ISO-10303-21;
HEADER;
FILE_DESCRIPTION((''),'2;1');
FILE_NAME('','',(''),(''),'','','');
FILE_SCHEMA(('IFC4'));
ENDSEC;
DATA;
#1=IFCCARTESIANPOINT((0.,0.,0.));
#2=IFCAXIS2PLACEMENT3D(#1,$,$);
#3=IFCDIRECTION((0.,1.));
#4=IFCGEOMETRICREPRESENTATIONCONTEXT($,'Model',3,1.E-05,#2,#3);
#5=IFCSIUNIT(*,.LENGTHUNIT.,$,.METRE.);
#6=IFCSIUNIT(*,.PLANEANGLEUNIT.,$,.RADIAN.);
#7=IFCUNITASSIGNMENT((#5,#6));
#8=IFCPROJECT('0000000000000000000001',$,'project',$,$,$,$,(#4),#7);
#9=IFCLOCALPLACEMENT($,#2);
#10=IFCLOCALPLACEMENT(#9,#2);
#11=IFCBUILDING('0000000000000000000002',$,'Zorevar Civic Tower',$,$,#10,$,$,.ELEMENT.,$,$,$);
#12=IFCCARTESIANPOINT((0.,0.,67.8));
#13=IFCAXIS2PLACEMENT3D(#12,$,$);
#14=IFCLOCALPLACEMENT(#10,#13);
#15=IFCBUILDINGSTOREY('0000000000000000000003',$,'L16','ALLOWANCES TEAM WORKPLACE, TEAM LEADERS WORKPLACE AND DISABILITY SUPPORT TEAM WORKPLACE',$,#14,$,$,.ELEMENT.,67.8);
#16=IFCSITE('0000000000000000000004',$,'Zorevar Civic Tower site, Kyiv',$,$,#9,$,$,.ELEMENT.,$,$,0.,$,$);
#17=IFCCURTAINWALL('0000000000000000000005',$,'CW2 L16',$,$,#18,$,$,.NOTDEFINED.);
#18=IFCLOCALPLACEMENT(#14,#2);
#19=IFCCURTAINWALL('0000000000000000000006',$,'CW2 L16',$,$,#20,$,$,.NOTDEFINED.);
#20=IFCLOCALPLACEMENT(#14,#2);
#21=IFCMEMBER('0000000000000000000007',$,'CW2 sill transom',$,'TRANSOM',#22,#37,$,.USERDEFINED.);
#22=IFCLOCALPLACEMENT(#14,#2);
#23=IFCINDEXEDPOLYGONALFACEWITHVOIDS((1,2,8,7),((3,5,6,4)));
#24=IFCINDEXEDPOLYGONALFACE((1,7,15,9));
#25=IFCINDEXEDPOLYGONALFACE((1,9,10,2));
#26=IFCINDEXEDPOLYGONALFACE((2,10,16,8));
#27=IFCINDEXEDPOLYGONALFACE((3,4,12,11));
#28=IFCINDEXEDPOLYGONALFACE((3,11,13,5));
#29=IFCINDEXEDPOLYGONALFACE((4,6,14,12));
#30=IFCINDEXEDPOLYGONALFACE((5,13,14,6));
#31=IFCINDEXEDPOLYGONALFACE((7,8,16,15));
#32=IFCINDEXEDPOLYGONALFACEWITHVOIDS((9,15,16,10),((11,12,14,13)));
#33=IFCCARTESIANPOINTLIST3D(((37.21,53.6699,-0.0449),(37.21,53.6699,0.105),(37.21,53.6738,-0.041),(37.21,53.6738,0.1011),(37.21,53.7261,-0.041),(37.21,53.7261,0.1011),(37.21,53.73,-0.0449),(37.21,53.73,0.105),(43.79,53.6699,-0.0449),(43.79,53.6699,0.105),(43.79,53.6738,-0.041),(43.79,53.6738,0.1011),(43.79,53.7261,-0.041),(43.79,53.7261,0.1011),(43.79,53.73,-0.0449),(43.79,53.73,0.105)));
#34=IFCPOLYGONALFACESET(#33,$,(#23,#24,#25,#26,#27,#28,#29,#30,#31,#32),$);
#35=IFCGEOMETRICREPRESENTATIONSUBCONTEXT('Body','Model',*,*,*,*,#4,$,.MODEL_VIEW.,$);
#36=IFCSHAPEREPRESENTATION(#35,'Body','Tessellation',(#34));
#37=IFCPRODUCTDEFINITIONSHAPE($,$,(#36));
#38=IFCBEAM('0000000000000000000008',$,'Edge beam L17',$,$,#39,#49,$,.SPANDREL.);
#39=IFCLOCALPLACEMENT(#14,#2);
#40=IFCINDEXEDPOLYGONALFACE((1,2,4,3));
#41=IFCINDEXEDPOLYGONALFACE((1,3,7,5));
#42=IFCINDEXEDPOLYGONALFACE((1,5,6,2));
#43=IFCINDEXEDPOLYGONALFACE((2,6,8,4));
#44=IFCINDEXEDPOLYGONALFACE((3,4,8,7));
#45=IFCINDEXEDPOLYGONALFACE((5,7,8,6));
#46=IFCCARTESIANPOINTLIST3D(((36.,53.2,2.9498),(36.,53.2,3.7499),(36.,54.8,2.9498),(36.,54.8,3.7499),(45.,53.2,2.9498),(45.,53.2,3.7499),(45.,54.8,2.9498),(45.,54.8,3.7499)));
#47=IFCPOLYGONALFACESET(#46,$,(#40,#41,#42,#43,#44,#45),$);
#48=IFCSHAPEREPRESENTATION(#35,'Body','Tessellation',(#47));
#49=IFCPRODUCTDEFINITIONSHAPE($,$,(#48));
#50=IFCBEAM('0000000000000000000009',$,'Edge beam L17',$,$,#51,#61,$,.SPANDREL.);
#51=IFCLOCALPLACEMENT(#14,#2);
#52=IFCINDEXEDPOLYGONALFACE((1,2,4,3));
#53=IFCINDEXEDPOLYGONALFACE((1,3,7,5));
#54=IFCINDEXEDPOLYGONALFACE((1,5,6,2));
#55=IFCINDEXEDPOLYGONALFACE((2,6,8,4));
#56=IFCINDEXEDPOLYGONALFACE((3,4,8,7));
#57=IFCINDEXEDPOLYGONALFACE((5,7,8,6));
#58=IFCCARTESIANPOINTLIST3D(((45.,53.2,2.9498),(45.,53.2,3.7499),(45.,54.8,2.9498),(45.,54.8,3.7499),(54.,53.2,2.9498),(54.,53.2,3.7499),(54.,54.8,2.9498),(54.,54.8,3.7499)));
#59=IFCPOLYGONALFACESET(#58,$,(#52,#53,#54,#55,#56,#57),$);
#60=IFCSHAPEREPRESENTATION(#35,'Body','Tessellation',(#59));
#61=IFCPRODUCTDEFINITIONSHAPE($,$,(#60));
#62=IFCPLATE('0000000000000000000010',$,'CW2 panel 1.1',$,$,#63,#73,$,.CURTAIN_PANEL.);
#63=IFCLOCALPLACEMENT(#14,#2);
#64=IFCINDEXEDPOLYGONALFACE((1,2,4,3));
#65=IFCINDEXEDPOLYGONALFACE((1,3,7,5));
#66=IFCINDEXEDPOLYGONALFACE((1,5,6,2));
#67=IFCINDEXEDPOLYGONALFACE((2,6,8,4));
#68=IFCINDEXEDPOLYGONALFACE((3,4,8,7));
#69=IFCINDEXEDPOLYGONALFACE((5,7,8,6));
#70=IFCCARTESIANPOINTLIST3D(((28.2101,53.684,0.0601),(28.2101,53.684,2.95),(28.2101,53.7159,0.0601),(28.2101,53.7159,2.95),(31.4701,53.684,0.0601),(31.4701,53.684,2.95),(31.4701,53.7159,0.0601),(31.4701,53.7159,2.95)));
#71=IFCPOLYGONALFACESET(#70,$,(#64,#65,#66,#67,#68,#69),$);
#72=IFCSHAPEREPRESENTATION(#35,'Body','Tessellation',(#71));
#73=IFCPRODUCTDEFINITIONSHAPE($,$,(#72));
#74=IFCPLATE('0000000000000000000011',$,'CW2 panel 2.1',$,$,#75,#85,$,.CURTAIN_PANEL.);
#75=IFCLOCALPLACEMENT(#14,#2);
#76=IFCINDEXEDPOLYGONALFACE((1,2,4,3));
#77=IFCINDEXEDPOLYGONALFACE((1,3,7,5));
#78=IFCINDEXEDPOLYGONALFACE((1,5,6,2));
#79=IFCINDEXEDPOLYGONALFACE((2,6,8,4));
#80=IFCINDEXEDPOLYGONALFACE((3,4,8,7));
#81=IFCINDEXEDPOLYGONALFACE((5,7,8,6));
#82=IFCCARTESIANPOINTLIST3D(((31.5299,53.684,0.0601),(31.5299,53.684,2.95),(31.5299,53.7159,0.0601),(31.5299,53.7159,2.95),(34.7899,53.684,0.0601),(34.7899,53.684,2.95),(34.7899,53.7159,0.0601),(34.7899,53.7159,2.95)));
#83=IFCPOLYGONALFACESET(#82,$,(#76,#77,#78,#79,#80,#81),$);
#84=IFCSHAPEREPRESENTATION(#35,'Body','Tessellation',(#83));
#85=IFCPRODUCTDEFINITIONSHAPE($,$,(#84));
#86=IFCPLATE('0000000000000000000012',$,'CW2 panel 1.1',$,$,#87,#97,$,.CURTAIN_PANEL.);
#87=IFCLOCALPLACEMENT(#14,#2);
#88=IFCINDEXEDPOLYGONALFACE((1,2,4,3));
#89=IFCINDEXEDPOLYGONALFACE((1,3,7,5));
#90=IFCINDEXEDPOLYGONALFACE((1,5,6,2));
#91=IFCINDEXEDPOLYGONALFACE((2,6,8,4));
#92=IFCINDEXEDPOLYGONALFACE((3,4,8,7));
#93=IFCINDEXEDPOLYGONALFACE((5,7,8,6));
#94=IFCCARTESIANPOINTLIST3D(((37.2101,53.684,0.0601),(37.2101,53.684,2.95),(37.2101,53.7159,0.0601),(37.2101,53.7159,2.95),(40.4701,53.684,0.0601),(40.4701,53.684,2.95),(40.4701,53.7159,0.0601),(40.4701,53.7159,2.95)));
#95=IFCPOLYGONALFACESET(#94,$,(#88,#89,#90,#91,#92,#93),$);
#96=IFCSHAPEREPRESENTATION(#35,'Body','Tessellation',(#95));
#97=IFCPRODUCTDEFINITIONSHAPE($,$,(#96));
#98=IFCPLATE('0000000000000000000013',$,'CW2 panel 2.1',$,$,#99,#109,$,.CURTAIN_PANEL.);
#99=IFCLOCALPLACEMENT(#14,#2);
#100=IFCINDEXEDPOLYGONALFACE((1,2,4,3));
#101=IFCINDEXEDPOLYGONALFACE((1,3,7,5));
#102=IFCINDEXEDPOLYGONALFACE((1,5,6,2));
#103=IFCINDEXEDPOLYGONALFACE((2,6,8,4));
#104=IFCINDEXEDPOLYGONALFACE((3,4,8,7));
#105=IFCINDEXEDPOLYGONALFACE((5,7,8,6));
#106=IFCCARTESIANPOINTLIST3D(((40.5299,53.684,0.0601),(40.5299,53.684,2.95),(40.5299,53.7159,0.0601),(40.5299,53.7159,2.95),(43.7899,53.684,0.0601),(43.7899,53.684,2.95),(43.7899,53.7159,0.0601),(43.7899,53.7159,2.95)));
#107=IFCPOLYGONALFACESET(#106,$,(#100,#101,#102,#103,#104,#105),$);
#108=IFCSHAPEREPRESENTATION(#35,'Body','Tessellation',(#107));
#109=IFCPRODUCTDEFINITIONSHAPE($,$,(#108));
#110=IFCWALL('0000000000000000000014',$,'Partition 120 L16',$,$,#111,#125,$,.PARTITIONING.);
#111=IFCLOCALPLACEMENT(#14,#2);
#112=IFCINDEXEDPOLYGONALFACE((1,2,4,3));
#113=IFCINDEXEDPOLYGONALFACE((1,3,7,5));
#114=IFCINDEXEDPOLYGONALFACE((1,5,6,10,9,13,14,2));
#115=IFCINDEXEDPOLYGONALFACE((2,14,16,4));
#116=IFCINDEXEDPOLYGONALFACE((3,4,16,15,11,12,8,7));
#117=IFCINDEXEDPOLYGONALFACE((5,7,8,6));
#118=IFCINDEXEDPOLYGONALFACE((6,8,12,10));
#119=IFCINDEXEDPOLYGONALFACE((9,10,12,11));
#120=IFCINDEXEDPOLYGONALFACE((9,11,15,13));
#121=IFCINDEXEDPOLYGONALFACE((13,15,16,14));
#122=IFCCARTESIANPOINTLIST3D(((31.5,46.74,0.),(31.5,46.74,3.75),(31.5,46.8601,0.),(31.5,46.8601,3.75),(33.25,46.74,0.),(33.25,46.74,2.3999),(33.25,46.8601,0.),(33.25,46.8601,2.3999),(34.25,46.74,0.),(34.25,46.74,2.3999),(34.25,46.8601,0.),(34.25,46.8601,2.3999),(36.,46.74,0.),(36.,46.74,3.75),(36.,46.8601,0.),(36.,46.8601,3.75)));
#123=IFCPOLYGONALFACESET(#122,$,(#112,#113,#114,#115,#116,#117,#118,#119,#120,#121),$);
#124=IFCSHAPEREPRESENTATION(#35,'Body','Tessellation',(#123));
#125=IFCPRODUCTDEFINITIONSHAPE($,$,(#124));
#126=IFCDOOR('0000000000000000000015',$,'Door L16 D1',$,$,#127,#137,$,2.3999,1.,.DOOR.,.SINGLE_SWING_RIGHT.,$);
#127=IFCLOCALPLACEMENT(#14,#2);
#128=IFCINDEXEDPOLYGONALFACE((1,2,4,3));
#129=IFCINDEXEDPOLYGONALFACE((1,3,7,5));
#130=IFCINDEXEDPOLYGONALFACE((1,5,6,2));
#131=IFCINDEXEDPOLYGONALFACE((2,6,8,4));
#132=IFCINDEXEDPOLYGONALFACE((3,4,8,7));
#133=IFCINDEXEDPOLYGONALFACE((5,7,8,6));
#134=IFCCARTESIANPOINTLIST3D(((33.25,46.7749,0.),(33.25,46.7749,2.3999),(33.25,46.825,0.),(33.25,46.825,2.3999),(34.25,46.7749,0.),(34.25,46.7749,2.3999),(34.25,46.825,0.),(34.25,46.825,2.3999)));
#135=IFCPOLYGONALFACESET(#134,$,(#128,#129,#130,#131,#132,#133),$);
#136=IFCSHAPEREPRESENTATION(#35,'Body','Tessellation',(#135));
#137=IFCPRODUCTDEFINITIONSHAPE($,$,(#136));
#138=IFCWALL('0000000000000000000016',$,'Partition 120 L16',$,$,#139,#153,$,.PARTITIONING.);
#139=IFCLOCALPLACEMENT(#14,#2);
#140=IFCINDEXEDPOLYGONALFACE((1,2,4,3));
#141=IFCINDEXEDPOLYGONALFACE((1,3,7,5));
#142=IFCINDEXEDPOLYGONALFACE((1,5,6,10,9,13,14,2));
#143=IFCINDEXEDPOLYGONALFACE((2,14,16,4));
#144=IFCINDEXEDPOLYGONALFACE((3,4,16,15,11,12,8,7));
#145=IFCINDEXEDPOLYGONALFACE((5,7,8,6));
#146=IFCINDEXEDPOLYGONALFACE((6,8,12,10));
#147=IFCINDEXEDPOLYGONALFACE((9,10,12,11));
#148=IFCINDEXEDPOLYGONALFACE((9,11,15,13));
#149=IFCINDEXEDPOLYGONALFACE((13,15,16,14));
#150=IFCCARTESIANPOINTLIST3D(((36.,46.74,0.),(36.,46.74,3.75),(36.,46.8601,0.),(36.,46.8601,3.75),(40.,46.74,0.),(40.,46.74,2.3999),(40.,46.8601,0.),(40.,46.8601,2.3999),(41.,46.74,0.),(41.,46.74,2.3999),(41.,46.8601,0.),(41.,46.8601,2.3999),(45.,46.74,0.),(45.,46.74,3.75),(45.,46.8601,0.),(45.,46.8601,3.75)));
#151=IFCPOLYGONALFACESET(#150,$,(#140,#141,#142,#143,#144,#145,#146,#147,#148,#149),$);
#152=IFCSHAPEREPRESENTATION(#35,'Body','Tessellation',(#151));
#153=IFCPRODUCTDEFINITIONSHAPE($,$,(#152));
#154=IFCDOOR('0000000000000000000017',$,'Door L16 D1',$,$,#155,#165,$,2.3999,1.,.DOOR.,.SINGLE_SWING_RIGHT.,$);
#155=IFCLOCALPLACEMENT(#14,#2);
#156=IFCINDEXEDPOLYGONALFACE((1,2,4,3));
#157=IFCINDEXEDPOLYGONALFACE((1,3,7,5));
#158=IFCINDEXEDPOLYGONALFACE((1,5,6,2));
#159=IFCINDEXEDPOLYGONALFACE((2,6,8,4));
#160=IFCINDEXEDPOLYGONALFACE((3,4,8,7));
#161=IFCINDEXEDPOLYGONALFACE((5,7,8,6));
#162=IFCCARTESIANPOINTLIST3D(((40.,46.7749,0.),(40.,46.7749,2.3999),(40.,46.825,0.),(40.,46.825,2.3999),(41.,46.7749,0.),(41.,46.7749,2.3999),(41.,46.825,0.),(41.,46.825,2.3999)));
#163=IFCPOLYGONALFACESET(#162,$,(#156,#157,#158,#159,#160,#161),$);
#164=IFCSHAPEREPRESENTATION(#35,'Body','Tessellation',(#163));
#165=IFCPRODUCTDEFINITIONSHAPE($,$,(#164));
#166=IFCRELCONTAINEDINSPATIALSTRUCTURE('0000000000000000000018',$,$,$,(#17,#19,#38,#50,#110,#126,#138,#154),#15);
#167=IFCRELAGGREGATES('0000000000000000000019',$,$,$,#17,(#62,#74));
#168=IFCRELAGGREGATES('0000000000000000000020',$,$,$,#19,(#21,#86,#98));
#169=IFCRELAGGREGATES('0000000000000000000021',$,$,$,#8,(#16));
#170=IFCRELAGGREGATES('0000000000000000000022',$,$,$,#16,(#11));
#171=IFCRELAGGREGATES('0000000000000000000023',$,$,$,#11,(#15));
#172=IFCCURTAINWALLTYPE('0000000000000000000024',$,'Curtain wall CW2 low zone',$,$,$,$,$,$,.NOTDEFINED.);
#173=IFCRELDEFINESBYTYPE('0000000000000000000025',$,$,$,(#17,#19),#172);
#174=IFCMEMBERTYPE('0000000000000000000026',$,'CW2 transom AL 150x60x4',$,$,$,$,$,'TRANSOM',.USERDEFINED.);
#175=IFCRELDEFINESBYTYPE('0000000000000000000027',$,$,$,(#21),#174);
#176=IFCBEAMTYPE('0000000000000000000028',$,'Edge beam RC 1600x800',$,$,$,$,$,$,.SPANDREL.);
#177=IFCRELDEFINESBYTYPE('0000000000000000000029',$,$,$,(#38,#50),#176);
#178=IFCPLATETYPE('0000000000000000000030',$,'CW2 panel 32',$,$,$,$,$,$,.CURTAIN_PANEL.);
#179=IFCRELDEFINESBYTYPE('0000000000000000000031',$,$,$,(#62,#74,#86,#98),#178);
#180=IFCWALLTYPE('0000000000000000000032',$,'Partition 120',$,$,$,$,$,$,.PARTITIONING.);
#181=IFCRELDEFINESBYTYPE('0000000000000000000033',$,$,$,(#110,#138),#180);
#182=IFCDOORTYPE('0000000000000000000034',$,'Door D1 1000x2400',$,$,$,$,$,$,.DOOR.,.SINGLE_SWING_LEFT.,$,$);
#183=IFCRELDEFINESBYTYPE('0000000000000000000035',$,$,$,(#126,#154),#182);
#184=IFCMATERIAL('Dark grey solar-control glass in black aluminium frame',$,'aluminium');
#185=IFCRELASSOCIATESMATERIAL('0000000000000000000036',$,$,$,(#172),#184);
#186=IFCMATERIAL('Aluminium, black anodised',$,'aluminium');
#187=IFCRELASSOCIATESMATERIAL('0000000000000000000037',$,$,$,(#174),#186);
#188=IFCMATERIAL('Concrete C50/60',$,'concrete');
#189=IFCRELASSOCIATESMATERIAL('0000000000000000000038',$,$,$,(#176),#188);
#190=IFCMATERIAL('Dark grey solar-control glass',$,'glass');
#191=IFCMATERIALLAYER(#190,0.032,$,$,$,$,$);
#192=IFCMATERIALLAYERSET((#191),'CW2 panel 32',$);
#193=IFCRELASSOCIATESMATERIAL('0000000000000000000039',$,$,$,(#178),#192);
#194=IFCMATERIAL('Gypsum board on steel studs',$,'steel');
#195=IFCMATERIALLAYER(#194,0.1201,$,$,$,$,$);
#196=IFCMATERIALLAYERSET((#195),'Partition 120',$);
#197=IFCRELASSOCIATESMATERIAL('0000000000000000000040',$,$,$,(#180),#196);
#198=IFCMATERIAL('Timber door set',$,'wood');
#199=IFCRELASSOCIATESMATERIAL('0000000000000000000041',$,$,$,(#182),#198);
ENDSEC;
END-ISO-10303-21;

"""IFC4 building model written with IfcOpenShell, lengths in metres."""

from ifc_helpers import new_model, si_unit, direction, frame, frame_2d, origin, origin_2d, place, context, subcontext, project, spatial, rectangle, hollow_rectangle, extrude, material, layer, layer_set, material_profile, profile_set, type_object, element, fill, aggregate, save


model = new_model("IFC4")

# Units and contexts
model_context = context("Model", 3, precision=1e-05, world=origin(), true_north=direction((0.0, 1.0)))
body_context = subcontext(model_context, "Body", "Model", "MODEL_VIEW")
ifc_project = project(units=[si_unit("LENGTHUNIT", "METRE"), si_unit("PLANEANGLEUNIT", "RADIAN")], contexts=[model_context])

# Site, building, storey
site_placement = place(None, origin())
site = spatial("IfcSite", under=ifc_project, at=site_placement, Name="Zorevar Civic Tower site, Kyiv", CompositionType="ELEMENT", RefElevation=0.0)
building_placement = place(site_placement, origin())
building = spatial("IfcBuilding", under=site, at=building_placement, Name="Zorevar Civic Tower", CompositionType="ELEMENT")
storey_placement = place(building_placement, frame((0.0, 0.0, 67.8)))
storey = spatial("IfcBuildingStorey", under=building, at=storey_placement, Name="L16", Description="ALLOWANCES TEAM WORKPLACE, TEAM LEADERS WORKPLACE AND DISABILITY SUPPORT TEAM WORKPLACE", CompositionType="ELEMENT", Elevation=67.8)

# Curtain walls
ifc_material_1 = material(Name="Dark grey solar-control glass in black aluminium frame", Category="aluminium")
curtain_wall_type = type_object("IfcCurtainWallType", Name="Curtain wall CW2 low zone", PredefinedType="NOTDEFINED", material=ifc_material_1)
curtain_wall_1_placement = place(storey_placement, origin())
curtain_wall_1 = element("IfcCurtainWall", 1, at=curtain_wall_1_placement, inside=storey, type_object=curtain_wall_type, Name="CW2 L16", PredefinedType="NOTDEFINED")
curtain_wall_2_placement = place(storey_placement, origin())
curtain_wall_2 = element("IfcCurtainWall", 2, at=curtain_wall_2_placement, inside=storey, type_object=curtain_wall_type, Name="CW2 L16", PredefinedType="NOTDEFINED")

# Member
ifc_material_2 = material(Name="Aluminium, black anodised", Category="aluminium")
ifc_material_profile_1 = material_profile(ifc_material_2, hollow_rectangle(XDim=0.0601, YDim=0.1499, WallThickness=0.0039, at=origin_2d()), Name="AL 150x60x4")
ifc_profile_set_1 = profile_set([ifc_material_profile_1], Name="Aluminium, black anodised")
member_type_1 = type_object("IfcMemberType", Name="CW2 transom AL 150x60x4", ElementType="TRANSOM", PredefinedType="USERDEFINED", material=ifc_profile_set_1)
member_1_placement = place(storey_placement, frame((37.21, 53.7, 0.03), z_axis=(1.0, 0.0, 0.0), x_axis=(0.0, 1.0, 0.0)))
member_1 = element("IfcMember", 3, at=member_1_placement, type_object=member_type_1, Name="CW2 sill transom", ObjectType="TRANSOM", PredefinedType="USERDEFINED", context=body_context, shape_type="SweptSolid", body=[
    extrude(hollow_rectangle(XDim=0.0601, YDim=0.1499, WallThickness=0.0039, at=origin_2d()), origin(), (0.0, 0.0, 1.0), 6.5801),
])

# Beams
ifc_material_3 = material(Name="Concrete C50/60", Category="concrete")
ifc_material_profile_2 = material_profile(ifc_material_3, rectangle(XDim=1.6001, YDim=0.8, at=origin_2d()), Name="RC 1600x800")
ifc_profile_set_2 = profile_set([ifc_material_profile_2], Name="Concrete C50/60")
beam_type_1 = type_object("IfcBeamType", Name="Edge beam RC 1600x800", PredefinedType="SPANDREL", material=ifc_profile_set_2)
for number, where, z_axis, x_axis, name in (
    (4, (36.0, 54.0, 3.3499), (1.0, 0.0, 0.0), (0.0, 1.0, 0.0), "Edge beam L17"),
    (5, (45.0, 54.0, 3.3499), (1.0, 0.0, 0.0), (0.0, 1.0, 0.0), "Edge beam L17"),
):
    element("IfcBeam", number, at=place(storey_placement, frame(where, z_axis=z_axis, x_axis=x_axis)), inside=storey, type_object=beam_type_1, Name=name, PredefinedType="SPANDREL", context=body_context, shape_type="SweptSolid", body=[
        extrude(rectangle(XDim=1.6001, YDim=0.8, at=origin_2d()), origin(), (0.0, 0.0, 1.0), 9.0),
    ])

# Plates
ifc_material_4 = material(Name="Dark grey solar-control glass", Category="glass")
ifc_layer_1 = layer(ifc_material_4, 0.032)
ifc_layer_set_1 = layer_set([ifc_layer_1], Name="CW2 panel 32")
plate_type = type_object("IfcPlateType", Name="CW2 panel 32", PredefinedType="CURTAIN_PANEL", material=ifc_layer_set_1)
plate_1_placement = place(storey_placement, frame((29.8401, 53.7, 0.0601), z_axis=(0.0, 0.0, 1.0), x_axis=(1.0, 0.0, 0.0)))
plate_1 = element("IfcPlate", 6, at=plate_1_placement, type_object=plate_type, Name="CW2 panel 1.1", PredefinedType="CURTAIN_PANEL", context=body_context, shape_type="SweptSolid", body=[
    extrude(rectangle(XDim=3.26, YDim=0.032, at=origin_2d()), origin(), (0.0, 0.0, 1.0), 2.8899),
])
plate_2_placement = place(storey_placement, frame((33.1599, 53.7, 0.0601), z_axis=(0.0, 0.0, 1.0), x_axis=(1.0, 0.0, 0.0)))
plate_2 = element("IfcPlate", 7, at=plate_2_placement, type_object=plate_type, Name="CW2 panel 2.1", PredefinedType="CURTAIN_PANEL", context=body_context, shape_type="SweptSolid", body=[
    extrude(rectangle(XDim=3.26, YDim=0.032, at=origin_2d()), origin(), (0.0, 0.0, 1.0), 2.8899),
])
aggregate(curtain_wall_1, [plate_1, plate_2])
plate_3_placement = place(storey_placement, frame((38.8401, 53.7, 0.0601), z_axis=(0.0, 0.0, 1.0), x_axis=(1.0, 0.0, 0.0)))
plate_3 = element("IfcPlate", 8, at=plate_3_placement, type_object=plate_type, Name="CW2 panel 1.1", PredefinedType="CURTAIN_PANEL", context=body_context, shape_type="SweptSolid", body=[
    extrude(rectangle(XDim=3.26, YDim=0.032, at=origin_2d()), origin(), (0.0, 0.0, 1.0), 2.8899),
])
plate_4_placement = place(storey_placement, frame((42.1599, 53.7, 0.0601), z_axis=(0.0, 0.0, 1.0), x_axis=(1.0, 0.0, 0.0)))
plate_4 = element("IfcPlate", 9, at=plate_4_placement, type_object=plate_type, Name="CW2 panel 2.1", PredefinedType="CURTAIN_PANEL", context=body_context, shape_type="SweptSolid", body=[
    extrude(rectangle(XDim=3.26, YDim=0.032, at=origin_2d()), origin(), (0.0, 0.0, 1.0), 2.8899),
])
aggregate(curtain_wall_2, [member_1, plate_3, plate_4])

# Walls, openings, doors
ifc_material_5 = material(Name="Gypsum board on steel studs", Category="steel")
ifc_layer_2 = layer(ifc_material_5, 0.1201)
ifc_layer_set_2 = layer_set([ifc_layer_2], Name="Partition 120")
wall_type = type_object("IfcWallType", Name="Partition 120", PredefinedType="PARTITIONING", material=ifc_layer_set_2)
wall_1_placement = place(storey_placement, frame((31.5, 46.8, 0.0), z_axis=(0.0, 0.0, 1.0), x_axis=(1.0, 0.0, 0.0)))
wall_1 = element("IfcWall", 10, at=wall_1_placement, inside=storey, type_object=wall_type, Name="Partition 120 L16", PredefinedType="PARTITIONING", context=body_context, shape_type="SweptSolid", body=[
    extrude(rectangle(XDim=4.5, YDim=0.1201, at=frame_2d((2.25, 0.0))), origin(), (0.0, 0.0, 1.0), 3.75),
])
opening_1_placement = place(wall_1_placement, frame((1.75, 0.0, 0.0)))
opening_1 = element("IfcOpeningElement", 11, at=opening_1_placement, cuts=wall_1, PredefinedType="OPENING", context=body_context, shape_type="SweptSolid", body=[
    extrude(rectangle(XDim=1.0, YDim=2.3999, at=frame_2d((0.5, 1.2))), frame((0.0, 0.0701, 0.0), z_axis=(0.0, -1.0, 0.0), x_axis=(1.0, 0.0, 0.0)), (0.0, 0.0, 1.0), 0.1401),
])
ifc_material_6 = material(Name="Timber door set", Category="wood")
door_type = type_object("IfcDoorType", Name="Door D1 1000x2400", OperationType="SINGLE_SWING_LEFT", PredefinedType="DOOR", material=ifc_material_6)
door_1_placement = place(opening_1_placement, origin())
door_1 = element("IfcDoor", 12, at=door_1_placement, inside=storey, type_object=door_type, Name="Door L16 D1", OperationType="SINGLE_SWING_RIGHT", OverallHeight=2.3999, OverallWidth=1.0, PredefinedType="DOOR", context=body_context, shape_type="SweptSolid", body=[
    extrude(rectangle(XDim=1.0, YDim=2.3999, at=frame_2d((0.5, 1.2))), frame((0.0, 0.0249, 0.0), z_axis=(0.0, -1.0, 0.0), x_axis=(1.0, 0.0, 0.0)), (0.0, 0.0, 1.0), 0.05),
])
fill(opening_1, door_1)
wall_2_placement = place(storey_placement, frame((36.0, 46.8, 0.0), z_axis=(0.0, 0.0, 1.0), x_axis=(1.0, 0.0, 0.0)))
wall_2 = element("IfcWall", 13, at=wall_2_placement, inside=storey, type_object=wall_type, Name="Partition 120 L16", PredefinedType="PARTITIONING", context=body_context, shape_type="SweptSolid", body=[
    extrude(rectangle(XDim=9.0, YDim=0.1201, at=frame_2d((4.5, 0.0))), origin(), (0.0, 0.0, 1.0), 3.75),
])
opening_2_placement = place(wall_2_placement, frame((4.0, 0.0, 0.0)))
opening_2 = element("IfcOpeningElement", 14, at=opening_2_placement, cuts=wall_2, PredefinedType="OPENING", context=body_context, shape_type="SweptSolid", body=[
    extrude(rectangle(XDim=1.0, YDim=2.3999, at=frame_2d((0.5, 1.2))), frame((0.0, 0.0701, 0.0), z_axis=(0.0, -1.0, 0.0), x_axis=(1.0, 0.0, 0.0)), (0.0, 0.0, 1.0), 0.1401),
])
door_2_placement = place(opening_2_placement, origin())
door_2 = element("IfcDoor", 15, at=door_2_placement, inside=storey, type_object=door_type, Name="Door L16 D1", OperationType="SINGLE_SWING_RIGHT", OverallHeight=2.3999, OverallWidth=1.0, PredefinedType="DOOR", context=body_context, shape_type="SweptSolid", body=[
    extrude(rectangle(XDim=1.0, YDim=2.3999, at=frame_2d((0.5, 1.2))), frame((0.0, 0.0249, 0.0), z_axis=(0.0, -1.0, 0.0), x_axis=(1.0, 0.0, 0.0)), (0.0, 0.0, 1.0), 0.05),
])
fill(opening_2, door_2)

save(model, "model.ifc")
